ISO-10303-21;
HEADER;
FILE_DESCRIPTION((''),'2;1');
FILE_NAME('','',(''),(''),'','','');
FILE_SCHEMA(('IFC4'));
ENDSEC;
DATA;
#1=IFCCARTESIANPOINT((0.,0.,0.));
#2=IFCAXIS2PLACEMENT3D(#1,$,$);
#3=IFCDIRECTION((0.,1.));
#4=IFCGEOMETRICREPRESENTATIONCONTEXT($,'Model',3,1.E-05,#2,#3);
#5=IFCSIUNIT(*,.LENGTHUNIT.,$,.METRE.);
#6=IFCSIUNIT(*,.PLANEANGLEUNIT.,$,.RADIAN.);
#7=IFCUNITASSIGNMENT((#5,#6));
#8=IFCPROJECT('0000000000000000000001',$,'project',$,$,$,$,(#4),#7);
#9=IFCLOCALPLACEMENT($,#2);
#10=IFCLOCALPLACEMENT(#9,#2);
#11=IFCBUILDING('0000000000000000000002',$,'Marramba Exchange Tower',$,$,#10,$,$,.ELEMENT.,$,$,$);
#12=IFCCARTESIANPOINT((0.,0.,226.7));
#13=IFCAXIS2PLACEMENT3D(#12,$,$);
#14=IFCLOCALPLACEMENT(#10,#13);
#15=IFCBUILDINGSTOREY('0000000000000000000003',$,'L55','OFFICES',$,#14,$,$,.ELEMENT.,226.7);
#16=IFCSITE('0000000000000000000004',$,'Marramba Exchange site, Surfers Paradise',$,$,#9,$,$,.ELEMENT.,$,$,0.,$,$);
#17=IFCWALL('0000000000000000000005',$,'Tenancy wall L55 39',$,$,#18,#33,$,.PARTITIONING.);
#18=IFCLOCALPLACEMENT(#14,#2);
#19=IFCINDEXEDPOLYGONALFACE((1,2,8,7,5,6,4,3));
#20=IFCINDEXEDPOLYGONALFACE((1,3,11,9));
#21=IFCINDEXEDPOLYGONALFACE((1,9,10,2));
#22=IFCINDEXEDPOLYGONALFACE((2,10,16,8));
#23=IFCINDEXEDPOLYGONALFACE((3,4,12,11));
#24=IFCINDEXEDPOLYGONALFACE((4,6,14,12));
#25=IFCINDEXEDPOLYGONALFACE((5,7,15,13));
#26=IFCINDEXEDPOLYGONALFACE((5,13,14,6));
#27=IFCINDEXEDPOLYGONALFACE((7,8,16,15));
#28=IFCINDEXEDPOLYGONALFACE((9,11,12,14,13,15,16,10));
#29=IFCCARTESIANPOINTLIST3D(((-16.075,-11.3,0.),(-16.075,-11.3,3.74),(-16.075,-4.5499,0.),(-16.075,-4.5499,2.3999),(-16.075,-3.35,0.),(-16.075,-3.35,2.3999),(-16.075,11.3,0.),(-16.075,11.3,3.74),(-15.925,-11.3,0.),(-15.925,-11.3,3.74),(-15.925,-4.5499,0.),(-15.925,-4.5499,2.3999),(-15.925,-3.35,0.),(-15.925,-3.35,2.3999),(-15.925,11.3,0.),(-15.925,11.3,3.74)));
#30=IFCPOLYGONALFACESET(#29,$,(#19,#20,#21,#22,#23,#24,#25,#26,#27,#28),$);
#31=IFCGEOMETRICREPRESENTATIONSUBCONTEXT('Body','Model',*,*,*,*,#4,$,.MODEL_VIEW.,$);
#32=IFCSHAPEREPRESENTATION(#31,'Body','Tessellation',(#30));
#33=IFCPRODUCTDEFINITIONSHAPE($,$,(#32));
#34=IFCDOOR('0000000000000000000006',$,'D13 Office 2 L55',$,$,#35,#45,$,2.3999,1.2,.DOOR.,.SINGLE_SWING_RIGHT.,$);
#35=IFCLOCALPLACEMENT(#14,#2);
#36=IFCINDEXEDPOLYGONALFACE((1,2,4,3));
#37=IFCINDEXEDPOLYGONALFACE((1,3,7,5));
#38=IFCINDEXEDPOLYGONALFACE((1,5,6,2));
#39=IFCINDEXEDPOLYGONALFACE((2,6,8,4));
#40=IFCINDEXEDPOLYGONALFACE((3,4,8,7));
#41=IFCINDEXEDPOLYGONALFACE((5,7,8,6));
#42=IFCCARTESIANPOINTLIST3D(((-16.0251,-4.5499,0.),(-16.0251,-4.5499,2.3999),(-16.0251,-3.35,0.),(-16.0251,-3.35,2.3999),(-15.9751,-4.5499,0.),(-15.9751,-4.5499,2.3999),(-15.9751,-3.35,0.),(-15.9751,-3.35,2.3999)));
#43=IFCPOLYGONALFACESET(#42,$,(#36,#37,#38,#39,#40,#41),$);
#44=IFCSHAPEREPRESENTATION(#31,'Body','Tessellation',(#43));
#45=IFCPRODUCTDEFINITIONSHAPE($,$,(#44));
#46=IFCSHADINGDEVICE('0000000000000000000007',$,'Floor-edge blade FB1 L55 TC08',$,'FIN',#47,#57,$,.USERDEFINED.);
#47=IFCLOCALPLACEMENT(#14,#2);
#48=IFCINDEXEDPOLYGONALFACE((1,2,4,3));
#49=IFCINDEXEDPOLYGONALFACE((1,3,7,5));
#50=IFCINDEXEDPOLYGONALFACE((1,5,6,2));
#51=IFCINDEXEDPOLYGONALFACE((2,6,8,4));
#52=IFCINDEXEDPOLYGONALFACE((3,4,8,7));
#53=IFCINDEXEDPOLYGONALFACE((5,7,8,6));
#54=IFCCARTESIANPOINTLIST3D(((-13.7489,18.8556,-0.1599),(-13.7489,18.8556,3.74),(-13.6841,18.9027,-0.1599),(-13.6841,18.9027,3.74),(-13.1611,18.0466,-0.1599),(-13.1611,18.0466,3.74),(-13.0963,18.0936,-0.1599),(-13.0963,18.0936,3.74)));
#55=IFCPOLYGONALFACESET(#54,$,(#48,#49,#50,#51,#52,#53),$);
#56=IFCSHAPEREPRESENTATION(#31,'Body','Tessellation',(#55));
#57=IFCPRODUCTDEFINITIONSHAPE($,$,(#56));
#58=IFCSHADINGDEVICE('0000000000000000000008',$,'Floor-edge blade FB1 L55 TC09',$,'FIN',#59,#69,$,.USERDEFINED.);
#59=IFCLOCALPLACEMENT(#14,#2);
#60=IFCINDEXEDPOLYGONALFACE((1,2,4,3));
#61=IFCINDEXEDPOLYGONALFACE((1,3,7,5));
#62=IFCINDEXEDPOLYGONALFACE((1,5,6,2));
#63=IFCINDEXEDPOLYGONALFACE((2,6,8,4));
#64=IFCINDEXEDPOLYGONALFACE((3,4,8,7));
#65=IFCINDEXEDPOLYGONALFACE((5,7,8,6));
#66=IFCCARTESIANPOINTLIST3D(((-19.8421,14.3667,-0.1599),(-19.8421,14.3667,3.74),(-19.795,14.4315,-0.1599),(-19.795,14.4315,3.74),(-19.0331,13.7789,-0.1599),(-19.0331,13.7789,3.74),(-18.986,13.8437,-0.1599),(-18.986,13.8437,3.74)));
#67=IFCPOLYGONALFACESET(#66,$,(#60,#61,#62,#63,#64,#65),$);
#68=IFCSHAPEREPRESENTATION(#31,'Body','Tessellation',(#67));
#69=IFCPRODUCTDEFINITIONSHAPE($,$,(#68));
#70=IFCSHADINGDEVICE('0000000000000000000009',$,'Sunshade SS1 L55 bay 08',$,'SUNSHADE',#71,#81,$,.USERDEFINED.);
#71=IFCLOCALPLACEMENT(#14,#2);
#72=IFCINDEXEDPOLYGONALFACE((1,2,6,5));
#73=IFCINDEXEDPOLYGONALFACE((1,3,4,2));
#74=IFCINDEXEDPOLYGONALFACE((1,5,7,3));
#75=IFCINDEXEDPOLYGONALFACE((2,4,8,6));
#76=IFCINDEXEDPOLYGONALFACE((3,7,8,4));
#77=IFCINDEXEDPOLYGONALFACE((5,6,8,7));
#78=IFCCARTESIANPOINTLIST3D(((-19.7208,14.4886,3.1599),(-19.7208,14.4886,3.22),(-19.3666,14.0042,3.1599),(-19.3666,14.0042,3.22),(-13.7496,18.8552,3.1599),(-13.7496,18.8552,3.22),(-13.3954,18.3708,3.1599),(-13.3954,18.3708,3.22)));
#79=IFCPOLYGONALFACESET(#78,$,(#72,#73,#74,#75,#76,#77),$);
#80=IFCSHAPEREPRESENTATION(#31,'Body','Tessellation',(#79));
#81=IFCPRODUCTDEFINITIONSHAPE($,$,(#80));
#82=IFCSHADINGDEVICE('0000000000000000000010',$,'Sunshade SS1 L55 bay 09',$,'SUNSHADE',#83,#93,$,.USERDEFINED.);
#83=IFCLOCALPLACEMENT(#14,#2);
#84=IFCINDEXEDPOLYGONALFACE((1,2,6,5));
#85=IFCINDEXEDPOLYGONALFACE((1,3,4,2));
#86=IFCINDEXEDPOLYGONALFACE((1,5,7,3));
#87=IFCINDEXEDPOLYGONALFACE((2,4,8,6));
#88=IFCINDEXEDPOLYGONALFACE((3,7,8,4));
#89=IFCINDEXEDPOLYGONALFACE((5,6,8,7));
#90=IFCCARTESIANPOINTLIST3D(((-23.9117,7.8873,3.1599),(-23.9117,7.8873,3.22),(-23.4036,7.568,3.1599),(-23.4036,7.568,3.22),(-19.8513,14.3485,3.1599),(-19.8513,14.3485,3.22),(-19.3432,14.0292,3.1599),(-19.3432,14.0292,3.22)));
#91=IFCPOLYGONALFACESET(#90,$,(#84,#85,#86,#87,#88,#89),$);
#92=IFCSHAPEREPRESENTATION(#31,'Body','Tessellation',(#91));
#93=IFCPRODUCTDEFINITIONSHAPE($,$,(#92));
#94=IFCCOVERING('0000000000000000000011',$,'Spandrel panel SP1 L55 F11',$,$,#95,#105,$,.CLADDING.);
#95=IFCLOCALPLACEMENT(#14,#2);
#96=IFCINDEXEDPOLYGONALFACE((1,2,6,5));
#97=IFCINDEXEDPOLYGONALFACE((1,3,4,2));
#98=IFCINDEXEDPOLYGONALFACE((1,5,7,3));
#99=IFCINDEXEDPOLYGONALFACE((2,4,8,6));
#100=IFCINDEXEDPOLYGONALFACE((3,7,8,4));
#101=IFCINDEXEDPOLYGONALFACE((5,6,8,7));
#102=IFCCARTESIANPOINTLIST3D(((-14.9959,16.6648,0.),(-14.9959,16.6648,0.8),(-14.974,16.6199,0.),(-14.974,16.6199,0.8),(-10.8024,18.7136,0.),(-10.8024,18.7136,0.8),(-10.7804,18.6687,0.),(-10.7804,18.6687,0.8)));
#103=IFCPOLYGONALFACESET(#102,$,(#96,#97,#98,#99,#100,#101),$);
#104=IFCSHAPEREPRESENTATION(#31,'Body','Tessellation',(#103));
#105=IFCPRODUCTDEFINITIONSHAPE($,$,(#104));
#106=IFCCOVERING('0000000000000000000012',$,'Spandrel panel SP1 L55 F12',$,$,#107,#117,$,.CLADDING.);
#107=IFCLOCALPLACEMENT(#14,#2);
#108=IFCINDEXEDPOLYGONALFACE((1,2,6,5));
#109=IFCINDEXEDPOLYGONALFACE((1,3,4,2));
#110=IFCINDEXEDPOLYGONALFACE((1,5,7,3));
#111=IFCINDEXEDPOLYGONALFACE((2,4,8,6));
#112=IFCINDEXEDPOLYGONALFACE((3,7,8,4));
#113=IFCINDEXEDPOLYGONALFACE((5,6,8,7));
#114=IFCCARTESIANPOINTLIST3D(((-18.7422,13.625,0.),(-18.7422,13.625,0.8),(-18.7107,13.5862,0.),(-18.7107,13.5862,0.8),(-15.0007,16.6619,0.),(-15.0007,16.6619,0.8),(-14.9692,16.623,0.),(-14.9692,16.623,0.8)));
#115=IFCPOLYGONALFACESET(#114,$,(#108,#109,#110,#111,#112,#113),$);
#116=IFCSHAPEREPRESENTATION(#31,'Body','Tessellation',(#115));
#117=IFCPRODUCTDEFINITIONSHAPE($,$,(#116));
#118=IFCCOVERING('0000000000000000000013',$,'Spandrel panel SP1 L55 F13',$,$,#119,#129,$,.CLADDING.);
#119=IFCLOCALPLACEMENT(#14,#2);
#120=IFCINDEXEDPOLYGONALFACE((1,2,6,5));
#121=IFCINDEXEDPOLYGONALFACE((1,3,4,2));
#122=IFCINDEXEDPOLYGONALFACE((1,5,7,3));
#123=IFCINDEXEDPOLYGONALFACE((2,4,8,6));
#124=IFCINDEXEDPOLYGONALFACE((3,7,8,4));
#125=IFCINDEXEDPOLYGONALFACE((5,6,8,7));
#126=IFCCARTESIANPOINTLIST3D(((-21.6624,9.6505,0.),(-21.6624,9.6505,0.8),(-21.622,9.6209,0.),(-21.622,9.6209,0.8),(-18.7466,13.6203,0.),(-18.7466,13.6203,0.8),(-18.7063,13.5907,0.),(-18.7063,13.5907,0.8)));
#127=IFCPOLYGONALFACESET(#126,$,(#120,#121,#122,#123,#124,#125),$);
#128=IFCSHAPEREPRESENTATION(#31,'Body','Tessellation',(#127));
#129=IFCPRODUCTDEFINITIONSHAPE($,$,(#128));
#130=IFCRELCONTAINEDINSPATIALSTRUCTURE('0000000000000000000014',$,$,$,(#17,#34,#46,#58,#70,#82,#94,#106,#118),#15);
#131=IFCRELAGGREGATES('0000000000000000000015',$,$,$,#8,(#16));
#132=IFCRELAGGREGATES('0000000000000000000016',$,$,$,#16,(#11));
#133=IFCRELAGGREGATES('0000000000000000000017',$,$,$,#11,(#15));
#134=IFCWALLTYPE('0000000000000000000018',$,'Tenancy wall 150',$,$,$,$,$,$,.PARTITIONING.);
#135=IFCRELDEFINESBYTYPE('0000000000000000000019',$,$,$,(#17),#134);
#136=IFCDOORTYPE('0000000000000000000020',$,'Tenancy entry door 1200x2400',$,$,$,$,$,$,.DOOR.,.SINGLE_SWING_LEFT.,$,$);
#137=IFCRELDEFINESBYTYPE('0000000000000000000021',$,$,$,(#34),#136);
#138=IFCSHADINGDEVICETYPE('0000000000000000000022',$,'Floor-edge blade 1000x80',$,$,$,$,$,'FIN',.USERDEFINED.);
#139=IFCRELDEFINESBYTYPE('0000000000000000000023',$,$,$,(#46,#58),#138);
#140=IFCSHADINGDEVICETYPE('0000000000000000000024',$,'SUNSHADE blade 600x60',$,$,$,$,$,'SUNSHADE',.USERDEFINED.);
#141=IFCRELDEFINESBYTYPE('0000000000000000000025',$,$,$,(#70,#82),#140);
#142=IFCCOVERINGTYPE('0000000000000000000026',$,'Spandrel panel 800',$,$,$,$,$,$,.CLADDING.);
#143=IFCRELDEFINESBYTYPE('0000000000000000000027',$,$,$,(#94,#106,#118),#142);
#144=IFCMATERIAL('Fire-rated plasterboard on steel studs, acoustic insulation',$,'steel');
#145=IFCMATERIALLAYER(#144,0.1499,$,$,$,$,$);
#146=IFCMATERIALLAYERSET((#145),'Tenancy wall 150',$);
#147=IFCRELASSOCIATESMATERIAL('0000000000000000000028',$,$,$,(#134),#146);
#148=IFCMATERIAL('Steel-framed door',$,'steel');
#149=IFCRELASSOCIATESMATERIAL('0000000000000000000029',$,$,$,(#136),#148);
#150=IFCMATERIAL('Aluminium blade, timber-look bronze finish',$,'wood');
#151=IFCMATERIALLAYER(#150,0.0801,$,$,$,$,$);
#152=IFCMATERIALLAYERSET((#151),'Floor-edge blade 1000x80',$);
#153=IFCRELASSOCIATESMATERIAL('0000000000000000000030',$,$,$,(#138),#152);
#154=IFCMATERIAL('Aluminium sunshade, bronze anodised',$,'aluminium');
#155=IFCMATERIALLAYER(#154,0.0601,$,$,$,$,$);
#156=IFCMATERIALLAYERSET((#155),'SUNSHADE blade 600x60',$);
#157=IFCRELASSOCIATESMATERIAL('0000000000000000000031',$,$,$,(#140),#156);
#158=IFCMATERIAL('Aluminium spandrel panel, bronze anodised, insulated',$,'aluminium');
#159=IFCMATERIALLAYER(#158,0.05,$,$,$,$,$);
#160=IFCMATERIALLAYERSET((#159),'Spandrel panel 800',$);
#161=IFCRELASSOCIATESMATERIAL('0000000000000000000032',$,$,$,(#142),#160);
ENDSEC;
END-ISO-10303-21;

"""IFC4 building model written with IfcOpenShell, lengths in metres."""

from ifc_helpers import new_model, si_unit, direction, frame, frame_2d, origin, origin_2d, place, context, subcontext, project, spatial, rectangle, extrude, material, layer, layer_set, type_object, element, fill, save


model = new_model("IFC4")

# Units and contexts
model_context = context("Model", 3, precision=1e-05, world=origin(), true_north=direction((0.0, 1.0)))
body_context = subcontext(model_context, "Body", "Model", "MODEL_VIEW")
ifc_project = project(units=[si_unit("LENGTHUNIT", "METRE"), si_unit("PLANEANGLEUNIT", "RADIAN")], contexts=[model_context])

# Site, building, storey
site_placement = place(None, origin())
site = spatial("IfcSite", under=ifc_project, at=site_placement, Name="Marramba Exchange site, Surfers Paradise", CompositionType="ELEMENT", RefElevation=0.0)
building_placement = place(site_placement, origin())
building = spatial("IfcBuilding", under=site, at=building_placement, Name="Marramba Exchange Tower", CompositionType="ELEMENT")
storey_placement = place(building_placement, frame((0.0, 0.0, 226.7)))
storey = spatial("IfcBuildingStorey", under=building, at=storey_placement, Name="L55", Description="OFFICES", CompositionType="ELEMENT", Elevation=226.7)

# Wall, opening, door
ifc_material_1 = material(Name="Fire-rated plasterboard on steel studs, acoustic insulation", Category="steel")
ifc_layer_1 = layer(ifc_material_1, 0.1499)
ifc_layer_set_1 = layer_set([ifc_layer_1], Name="Tenancy wall 150")
wall_type = type_object("IfcWallType", Name="Tenancy wall 150", PredefinedType="PARTITIONING", material=ifc_layer_set_1)
wall_placement = place(storey_placement, frame((-16.0, 11.3, 0.0), z_axis=(0.0, 0.0, 1.0), x_axis=(0.0, -1.0, 0.0)))
wall = element("IfcWall", 1, at=wall_placement, inside=storey, type_object=wall_type, Name="Tenancy wall L55 39", PredefinedType="PARTITIONING", context=body_context, shape_type="SweptSolid", body=[
    extrude(rectangle(XDim=22.6001, YDim=0.1499, at=frame_2d((11.3, 0.0))), origin(), (0.0, 0.0, 1.0), 3.74),
])
opening_placement = place(wall_placement, frame((14.6499, 0.0, 0.0)))
opening = element("IfcOpeningElement", 2, at=opening_placement, cuts=wall, PredefinedType="OPENING", context=body_context, shape_type="SweptSolid", body=[
    extrude(rectangle(XDim=1.2, YDim=2.3999, at=frame_2d((0.6001, 1.2))), frame((0.0, 0.085, 0.0), z_axis=(0.0, -1.0, 0.0), x_axis=(1.0, 0.0, 0.0)), (0.0, 0.0, 1.0), 0.1699),
])
ifc_material_2 = material(Name="Steel-framed door", Category="steel")
door_type = type_object("IfcDoorType", Name="Tenancy entry door 1200x2400", OperationType="SINGLE_SWING_LEFT", PredefinedType="DOOR", material=ifc_material_2)
door_placement = place(opening_placement, origin())
door = element("IfcDoor", 3, at=door_placement, inside=storey, type_object=door_type, Name="D13 Office 2 L55", OperationType="SINGLE_SWING_RIGHT", OverallHeight=2.3999, OverallWidth=1.2, PredefinedType="DOOR", context=body_context, shape_type="SweptSolid", body=[
    extrude(rectangle(XDim=1.2, YDim=2.3999, at=frame_2d((0.6001, 1.2))), frame((0.0, 0.0249, 0.0), z_axis=(0.0, -1.0, 0.0), x_axis=(1.0, 0.0, 0.0)), (0.0, 0.0, 1.0), 0.05),
])
fill(opening, door)

# Shading devices
ifc_material_3 = material(Name="Aluminium blade, timber-look bronze finish", Category="wood")
ifc_layer_2 = layer(ifc_material_3, 0.0801)
ifc_layer_set_2 = layer_set([ifc_layer_2], Name="Floor-edge blade 1000x80")
shading_device_type_1 = type_object("IfcShadingDeviceType", Name="Floor-edge blade 1000x80", ElementType="FIN", PredefinedType="USERDEFINED", material=ifc_layer_set_2)
for number, where, z_axis, x_axis, name in (
    (4, (-13.4226, 18.4746, -0.1599), (0.0, 0.0, 1.0), (-0.587785, 0.809017, 0.0), "Floor-edge blade FB1 L55 TC08"),
    (5, (-19.4141, 14.1052, -0.1599), (0.0, 0.0, 1.0), (-0.809017, 0.587785, 0.0), "Floor-edge blade FB1 L55 TC09"),
):
    element("IfcShadingDevice", number, at=place(storey_placement, frame(where, z_axis=z_axis, x_axis=x_axis)), inside=storey, type_object=shading_device_type_1, Name=name, ObjectType="FIN", PredefinedType="USERDEFINED", context=body_context, shape_type="SweptSolid", body=[
        extrude(rectangle(XDim=1.0, YDim=0.0801, at=origin_2d()), origin(), (0.0, 0.0, 1.0), 3.8999),
    ])
ifc_material_4 = material(Name="Aluminium sunshade, bronze anodised", Category="aluminium")
ifc_layer_3 = layer(ifc_material_4, 0.0601)
ifc_layer_set_3 = layer_set([ifc_layer_3], Name="SUNSHADE blade 600x60")
shading_device_type_2 = type_object("IfcShadingDeviceType", Name="SUNSHADE blade 600x60", ElementType="SUNSHADE", PredefinedType="USERDEFINED", material=ifc_layer_set_3)
shading_device_1_placement = place(storey_placement, frame((-16.5581, 16.4297, 3.1599), z_axis=(0.0, 0.0, 1.0), x_axis=(-0.807194, -0.590286, 0.0)))
element("IfcShadingDevice", 6, at=shading_device_1_placement, inside=storey, type_object=shading_device_type_2, Name="Sunshade SS1 L55 bay 08", ObjectType="SUNSHADE", PredefinedType="USERDEFINED", context=body_context, shape_type="SweptSolid", body=[
    extrude(rectangle(XDim=7.3975, YDim=0.6001, at=origin_2d()), origin(), (0.0, 0.0, 1.0), 0.0601),
])
shading_device_2_placement = place(storey_placement, frame((-21.6274, 10.9583, 3.1599), z_axis=(0.0, 0.0, 1.0), x_axis=(-0.532082, -0.846693, 0.0)))
element("IfcShadingDevice", 7, at=shading_device_2_placement, inside=storey, type_object=shading_device_type_2, Name="Sunshade SS1 L55 bay 09", ObjectType="SUNSHADE", PredefinedType="USERDEFINED", context=body_context, shape_type="SweptSolid", body=[
    extrude(rectangle(XDim=7.6311, YDim=0.6001, at=origin_2d()), origin(), (0.0, 0.0, 1.0), 0.0601),
])

# Coverings
ifc_material_5 = material(Name="Aluminium spandrel panel, bronze anodised, insulated", Category="aluminium")
ifc_layer_4 = layer(ifc_material_5, 0.05)
ifc_layer_set_4 = layer_set([ifc_layer_4], Name="Spandrel panel 800")
covering_type = type_object("IfcCoveringType", Name="Spandrel panel 800", PredefinedType="CLADDING", material=ifc_layer_set_4)
covering_1_placement = place(storey_placement, frame((-12.8882, 17.6667, 0.0), z_axis=(0.0, 0.0, 1.0), x_axis=(-0.898501, -0.438972, 0.0)))
element("IfcCovering", 8, at=covering_1_placement, inside=storey, type_object=covering_type, Name="Spandrel panel SP1 L55 F11", PredefinedType="CLADDING", context=body_context, shape_type="SweptSolid", body=[
    extrude(rectangle(XDim=4.6672, YDim=0.05, at=origin_2d()), origin(), (0.0, 0.0, 1.0), 0.8),
])
covering_2_placement = place(storey_placement, frame((-16.8557, 15.124, 0.0), z_axis=(0.0, 0.0, 1.0), x_axis=(-0.776432, -0.630201, 0.0)))
element("IfcCovering", 9, at=covering_2_placement, inside=storey, type_object=covering_type, Name="Spandrel panel SP1 L55 F12", PredefinedType="CLADDING", context=body_context, shape_type="SweptSolid", body=[
    extrude(rectangle(XDim=4.8188, YDim=0.05, at=origin_2d()), origin(), (0.0, 0.0, 1.0), 0.8),
])
covering_3_placement = place(storey_placement, frame((-20.1843, 11.6206, 0.0), z_axis=(0.0, 0.0, 1.0), x_axis=(-0.591963, -0.805965, 0.0)))
element("IfcCovering", 10, at=covering_3_placement, inside=storey, type_object=covering_type, Name="Spandrel panel SP1 L55 F13", PredefinedType="CLADDING", context=body_context, shape_type="SweptSolid", body=[
    extrude(rectangle(XDim=4.9255, YDim=0.05, at=origin_2d()), origin(), (0.0, 0.0, 1.0), 0.8),
])

save(model, "model.ifc")
